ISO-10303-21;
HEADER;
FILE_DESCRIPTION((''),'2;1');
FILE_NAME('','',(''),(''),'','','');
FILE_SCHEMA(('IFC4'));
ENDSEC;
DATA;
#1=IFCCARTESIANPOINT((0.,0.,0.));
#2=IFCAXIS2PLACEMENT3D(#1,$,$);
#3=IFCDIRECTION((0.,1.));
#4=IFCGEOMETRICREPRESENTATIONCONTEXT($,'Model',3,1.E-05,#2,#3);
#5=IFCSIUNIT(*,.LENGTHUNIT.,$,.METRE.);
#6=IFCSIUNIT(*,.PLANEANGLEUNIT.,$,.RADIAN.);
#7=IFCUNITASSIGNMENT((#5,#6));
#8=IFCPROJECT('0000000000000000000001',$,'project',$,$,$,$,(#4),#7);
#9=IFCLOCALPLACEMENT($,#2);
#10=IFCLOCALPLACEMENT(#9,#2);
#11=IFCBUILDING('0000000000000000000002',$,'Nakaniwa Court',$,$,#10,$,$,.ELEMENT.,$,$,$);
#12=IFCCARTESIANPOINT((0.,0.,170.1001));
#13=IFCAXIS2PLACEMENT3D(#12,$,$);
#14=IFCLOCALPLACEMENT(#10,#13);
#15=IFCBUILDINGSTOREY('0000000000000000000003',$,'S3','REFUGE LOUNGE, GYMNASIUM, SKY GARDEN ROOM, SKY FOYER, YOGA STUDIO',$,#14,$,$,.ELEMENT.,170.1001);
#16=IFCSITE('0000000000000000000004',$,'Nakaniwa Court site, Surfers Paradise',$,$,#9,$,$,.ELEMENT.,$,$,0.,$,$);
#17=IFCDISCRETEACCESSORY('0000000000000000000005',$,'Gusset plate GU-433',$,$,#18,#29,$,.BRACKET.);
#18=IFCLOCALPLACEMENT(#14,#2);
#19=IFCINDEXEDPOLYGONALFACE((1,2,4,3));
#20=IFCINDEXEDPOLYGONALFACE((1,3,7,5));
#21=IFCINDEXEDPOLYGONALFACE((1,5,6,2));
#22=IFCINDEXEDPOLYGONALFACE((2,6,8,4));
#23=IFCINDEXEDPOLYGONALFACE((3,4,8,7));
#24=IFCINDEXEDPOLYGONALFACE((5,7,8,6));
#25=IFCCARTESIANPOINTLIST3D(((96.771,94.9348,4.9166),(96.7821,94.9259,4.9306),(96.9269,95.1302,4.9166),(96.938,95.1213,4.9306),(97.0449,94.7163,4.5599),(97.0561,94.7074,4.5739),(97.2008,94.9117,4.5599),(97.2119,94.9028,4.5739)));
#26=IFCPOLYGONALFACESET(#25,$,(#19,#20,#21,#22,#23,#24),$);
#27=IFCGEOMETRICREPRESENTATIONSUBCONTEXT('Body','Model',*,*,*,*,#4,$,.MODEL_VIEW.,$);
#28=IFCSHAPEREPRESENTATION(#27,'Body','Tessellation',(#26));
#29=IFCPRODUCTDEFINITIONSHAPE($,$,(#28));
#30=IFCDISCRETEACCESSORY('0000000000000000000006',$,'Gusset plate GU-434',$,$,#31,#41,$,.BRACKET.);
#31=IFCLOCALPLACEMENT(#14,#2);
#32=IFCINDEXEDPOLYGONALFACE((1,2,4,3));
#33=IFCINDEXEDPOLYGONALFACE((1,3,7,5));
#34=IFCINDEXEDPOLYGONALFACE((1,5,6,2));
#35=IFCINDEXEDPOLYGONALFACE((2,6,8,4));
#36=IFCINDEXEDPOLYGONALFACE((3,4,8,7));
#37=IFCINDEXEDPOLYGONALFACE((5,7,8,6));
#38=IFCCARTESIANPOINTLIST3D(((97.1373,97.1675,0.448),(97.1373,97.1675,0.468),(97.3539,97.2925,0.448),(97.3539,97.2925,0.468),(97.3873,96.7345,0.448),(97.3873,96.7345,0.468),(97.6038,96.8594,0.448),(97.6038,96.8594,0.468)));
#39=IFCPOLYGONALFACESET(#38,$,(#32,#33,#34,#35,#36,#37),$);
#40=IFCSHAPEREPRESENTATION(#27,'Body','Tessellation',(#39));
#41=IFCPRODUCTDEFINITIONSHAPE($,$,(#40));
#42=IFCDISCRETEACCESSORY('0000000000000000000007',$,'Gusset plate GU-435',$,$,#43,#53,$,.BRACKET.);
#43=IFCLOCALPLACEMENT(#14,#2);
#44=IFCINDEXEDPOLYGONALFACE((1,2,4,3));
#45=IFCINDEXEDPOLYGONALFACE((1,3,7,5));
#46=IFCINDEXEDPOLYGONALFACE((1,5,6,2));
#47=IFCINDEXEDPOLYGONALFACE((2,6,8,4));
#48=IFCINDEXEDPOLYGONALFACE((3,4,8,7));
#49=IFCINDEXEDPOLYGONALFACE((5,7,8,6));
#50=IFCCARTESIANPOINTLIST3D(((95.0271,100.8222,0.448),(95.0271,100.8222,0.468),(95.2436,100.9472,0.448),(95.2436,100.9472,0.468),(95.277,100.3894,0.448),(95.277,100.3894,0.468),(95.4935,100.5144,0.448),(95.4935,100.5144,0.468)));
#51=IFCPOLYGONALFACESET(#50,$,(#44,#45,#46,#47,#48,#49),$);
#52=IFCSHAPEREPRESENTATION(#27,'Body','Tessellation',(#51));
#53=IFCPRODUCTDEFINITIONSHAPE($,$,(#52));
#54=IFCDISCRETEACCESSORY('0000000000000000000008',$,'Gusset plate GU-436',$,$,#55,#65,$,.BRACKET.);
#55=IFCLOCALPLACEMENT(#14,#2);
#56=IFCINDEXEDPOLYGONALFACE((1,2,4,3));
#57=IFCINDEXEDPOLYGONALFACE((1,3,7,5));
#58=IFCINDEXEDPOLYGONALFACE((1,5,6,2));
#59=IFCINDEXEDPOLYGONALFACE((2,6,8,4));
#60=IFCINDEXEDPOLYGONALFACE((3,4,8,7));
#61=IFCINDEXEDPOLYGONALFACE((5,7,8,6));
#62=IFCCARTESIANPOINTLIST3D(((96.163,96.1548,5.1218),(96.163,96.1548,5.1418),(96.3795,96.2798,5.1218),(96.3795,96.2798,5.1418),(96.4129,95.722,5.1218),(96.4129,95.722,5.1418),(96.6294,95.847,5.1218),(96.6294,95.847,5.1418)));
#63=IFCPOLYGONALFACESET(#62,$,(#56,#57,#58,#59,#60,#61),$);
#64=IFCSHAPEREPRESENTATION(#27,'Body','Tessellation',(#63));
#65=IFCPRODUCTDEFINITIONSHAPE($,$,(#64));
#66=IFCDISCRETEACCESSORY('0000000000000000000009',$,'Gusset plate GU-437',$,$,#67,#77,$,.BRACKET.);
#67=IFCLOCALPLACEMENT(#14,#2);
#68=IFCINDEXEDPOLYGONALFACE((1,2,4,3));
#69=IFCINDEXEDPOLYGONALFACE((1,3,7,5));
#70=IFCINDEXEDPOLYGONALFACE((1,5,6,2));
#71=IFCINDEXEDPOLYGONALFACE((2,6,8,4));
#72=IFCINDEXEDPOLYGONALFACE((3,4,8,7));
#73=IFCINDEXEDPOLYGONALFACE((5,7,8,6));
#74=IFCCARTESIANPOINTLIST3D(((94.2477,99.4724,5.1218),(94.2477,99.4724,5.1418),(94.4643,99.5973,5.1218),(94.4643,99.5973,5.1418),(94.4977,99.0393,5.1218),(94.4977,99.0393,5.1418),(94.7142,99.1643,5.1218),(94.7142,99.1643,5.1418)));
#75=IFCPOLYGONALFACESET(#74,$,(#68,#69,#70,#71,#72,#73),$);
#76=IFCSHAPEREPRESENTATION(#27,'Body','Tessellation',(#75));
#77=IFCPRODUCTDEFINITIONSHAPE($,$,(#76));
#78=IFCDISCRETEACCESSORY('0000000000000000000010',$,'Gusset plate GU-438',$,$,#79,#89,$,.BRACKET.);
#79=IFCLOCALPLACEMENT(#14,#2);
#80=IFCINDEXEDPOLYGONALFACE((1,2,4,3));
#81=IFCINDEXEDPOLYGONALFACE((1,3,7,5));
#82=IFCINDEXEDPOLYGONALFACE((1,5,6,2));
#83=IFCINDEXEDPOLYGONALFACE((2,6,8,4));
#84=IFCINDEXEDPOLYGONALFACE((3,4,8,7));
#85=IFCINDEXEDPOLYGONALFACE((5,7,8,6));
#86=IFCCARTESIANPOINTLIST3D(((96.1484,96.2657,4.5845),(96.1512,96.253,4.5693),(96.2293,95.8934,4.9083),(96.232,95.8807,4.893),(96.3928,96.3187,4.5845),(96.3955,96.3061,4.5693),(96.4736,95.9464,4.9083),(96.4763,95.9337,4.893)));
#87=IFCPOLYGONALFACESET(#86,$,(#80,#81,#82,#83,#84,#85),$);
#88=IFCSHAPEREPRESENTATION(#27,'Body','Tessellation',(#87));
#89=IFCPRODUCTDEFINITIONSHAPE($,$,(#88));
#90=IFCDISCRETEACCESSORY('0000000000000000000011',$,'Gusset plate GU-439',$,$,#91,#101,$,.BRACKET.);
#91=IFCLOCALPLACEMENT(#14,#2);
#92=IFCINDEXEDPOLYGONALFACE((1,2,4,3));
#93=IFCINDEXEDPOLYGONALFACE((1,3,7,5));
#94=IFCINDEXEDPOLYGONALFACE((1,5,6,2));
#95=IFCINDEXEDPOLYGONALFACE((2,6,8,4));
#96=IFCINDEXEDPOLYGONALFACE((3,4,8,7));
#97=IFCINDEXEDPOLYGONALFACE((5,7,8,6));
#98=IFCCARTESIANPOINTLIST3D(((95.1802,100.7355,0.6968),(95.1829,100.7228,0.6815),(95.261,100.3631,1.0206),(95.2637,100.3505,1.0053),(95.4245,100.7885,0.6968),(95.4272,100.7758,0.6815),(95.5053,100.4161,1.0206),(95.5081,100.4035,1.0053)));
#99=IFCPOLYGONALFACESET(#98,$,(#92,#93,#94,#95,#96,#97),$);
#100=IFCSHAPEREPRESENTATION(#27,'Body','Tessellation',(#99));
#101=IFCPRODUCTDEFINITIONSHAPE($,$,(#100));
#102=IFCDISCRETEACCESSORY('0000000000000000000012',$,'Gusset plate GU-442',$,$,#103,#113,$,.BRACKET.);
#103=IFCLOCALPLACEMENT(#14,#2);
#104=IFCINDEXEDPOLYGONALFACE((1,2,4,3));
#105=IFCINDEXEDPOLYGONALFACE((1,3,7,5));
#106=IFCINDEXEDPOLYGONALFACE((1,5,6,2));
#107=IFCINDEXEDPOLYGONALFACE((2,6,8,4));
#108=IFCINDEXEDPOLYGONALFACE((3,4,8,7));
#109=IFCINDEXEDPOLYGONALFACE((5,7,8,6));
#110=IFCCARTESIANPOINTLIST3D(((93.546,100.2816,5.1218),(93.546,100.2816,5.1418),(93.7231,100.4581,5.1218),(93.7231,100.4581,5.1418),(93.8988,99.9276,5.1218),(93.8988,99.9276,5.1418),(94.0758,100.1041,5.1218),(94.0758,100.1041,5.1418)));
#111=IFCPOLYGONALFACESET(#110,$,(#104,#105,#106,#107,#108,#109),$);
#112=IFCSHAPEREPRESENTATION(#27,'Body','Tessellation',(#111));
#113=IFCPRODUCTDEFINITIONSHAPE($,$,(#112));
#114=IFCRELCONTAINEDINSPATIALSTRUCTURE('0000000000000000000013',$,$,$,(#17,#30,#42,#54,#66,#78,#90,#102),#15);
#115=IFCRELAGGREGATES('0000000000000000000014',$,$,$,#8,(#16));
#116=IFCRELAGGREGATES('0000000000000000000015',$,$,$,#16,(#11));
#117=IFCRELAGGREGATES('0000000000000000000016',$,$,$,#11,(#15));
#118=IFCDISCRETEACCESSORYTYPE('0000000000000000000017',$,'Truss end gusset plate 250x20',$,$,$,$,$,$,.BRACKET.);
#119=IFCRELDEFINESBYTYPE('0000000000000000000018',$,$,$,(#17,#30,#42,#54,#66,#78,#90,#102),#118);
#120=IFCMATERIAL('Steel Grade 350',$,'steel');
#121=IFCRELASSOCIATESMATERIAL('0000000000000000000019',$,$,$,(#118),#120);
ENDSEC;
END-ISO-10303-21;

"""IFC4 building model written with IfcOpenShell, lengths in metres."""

from ifc_helpers import new_model, si_unit, direction, frame, origin, origin_2d, place, context, subcontext, project, spatial, rectangle, extrude, material, material_profile, profile_set, type_object, element, save


model = new_model("IFC4")

# Units and contexts
model_context = context("Model", 3, precision=1e-05, world=origin(), true_north=direction((0.0, 1.0)))
body_context = subcontext(model_context, "Body", "Model", "MODEL_VIEW")
ifc_project = project(units=[si_unit("LENGTHUNIT", "METRE"), si_unit("PLANEANGLEUNIT", "RADIAN")], contexts=[model_context])

# Site, building, storey
site_placement = place(None, origin())
site = spatial("IfcSite", under=ifc_project, at=site_placement, Name="Nakaniwa Court site, Surfers Paradise", CompositionType="ELEMENT", RefElevation=0.0)
building_placement = place(site_placement, origin())
building = spatial("IfcBuilding", under=site, at=building_placement, Name="Nakaniwa Court", CompositionType="ELEMENT")
storey_placement = place(building_placement, frame((0.0, 0.0, 170.1001)))
storey = spatial("IfcBuildingStorey", under=building, at=storey_placement, Name="S3", Description="REFUGE LOUNGE, GYMNASIUM, SKY GARDEN ROOM, SKY FOYER, YOGA STUDIO", CompositionType="ELEMENT", Elevation=170.1001)

# Shared definitions
ifc_material_1 = material(Name="Steel Grade 350", Category="steel")

# Discrete accessories
ifc_material_profile_1 = material_profile(ifc_material_1, rectangle(XDim=0.25, YDim=0.02, at=origin_2d()), Name="Truss end gusset plate 250x20")
ifc_profile_set_1 = profile_set([ifc_material_profile_1], Name="Steel Grade 350")
discrete_accessory_type = type_object("IfcDiscreteAccessoryType", Name="Truss end gusset plate 250x20", PredefinedType="BRACKET", material=ifc_profile_set_1)
for number, where, z_axis, x_axis, name in (
    (1, (97.1284, 94.8096, 4.5669), (-0.547843, 0.437005, 0.713368), (-0.62359, -0.781752, 0.0), "Gusset plate GU-433"),
    (2, (97.2456, 97.23, 0.458), (0.49992, -0.866072, 0.0), (0.866072, 0.49992, 0.0), "Gusset plate GU-434"),
):
    element("IfcDiscreteAccessory", number, at=place(storey_placement, frame(where, z_axis=z_axis, x_axis=x_axis)), inside=storey, type_object=discrete_accessory_type, Name=name, PredefinedType="BRACKET", context=body_context, shape_type="SweptSolid", body=[
        extrude(rectangle(XDim=0.25, YDim=0.02, at=origin_2d()), origin(), (0.0, 0.0, 1.0), 0.5),
    ])
for number, where, z_axis, x_axis, name in (
    (3, (95.3853, 100.4519, 0.458), (-0.500131, 0.86595, 0.0), (-0.86595, -0.500131, 0.0), "Gusset plate GU-435"),
    (4, (96.2712, 96.2173, 5.1318), (0.500131, -0.86595, 0.0), (0.86595, 0.500131, 0.0), "Gusset plate GU-436"),
):
    element("IfcDiscreteAccessory", number, at=place(storey_placement, frame(where, z_axis=z_axis, x_axis=x_axis)), inside=storey, type_object=discrete_accessory_type, Name=name, PredefinedType="BRACKET", context=body_context, shape_type="SweptSolid", body=[
        extrude(rectangle(XDim=0.25, YDim=0.02, at=origin_2d()), origin(), (0.0, 0.0, 1.0), 0.4998),
    ])
for number, where, z_axis, x_axis, name in (
    (5, (94.606, 99.1018, 5.1318), (-0.49992, 0.866072, 0.0), (-0.866072, -0.49992, 0.0), "Gusset plate GU-437"),
    (6, (96.272, 96.2859, 4.5769), (0.161637, -0.744704, 0.647526), (0.977246, 0.21211, 0.0), "Gusset plate GU-438"),
    (7, (95.3845, 100.3833, 1.0129), (-0.161637, 0.744704, -0.647526), (-0.977246, -0.21211, 0.0), "Gusset plate GU-439"),
):
    element("IfcDiscreteAccessory", number, at=place(storey_placement, frame(where, z_axis=z_axis, x_axis=x_axis)), inside=storey, type_object=discrete_accessory_type, Name=name, PredefinedType="BRACKET", context=body_context, shape_type="SweptSolid", body=[
        extrude(rectangle(XDim=0.25, YDim=0.02, at=origin_2d()), origin(), (0.0, 0.0, 1.0), 0.5),
    ])
discrete_accessory_1_placement = place(storey_placement, frame((93.6345, 100.3699, 5.1318), z_axis=(0.705884, -0.708327, 0.0), x_axis=(0.708327, 0.705884, 0.0)))
element("IfcDiscreteAccessory", 8, at=discrete_accessory_1_placement, inside=storey, type_object=discrete_accessory_type, Name="Gusset plate GU-442", PredefinedType="BRACKET", context=body_context, shape_type="SweptSolid", body=[
    extrude(rectangle(XDim=0.25, YDim=0.02, at=origin_2d()), origin(), (0.0, 0.0, 1.0), 0.4998),
])

save(model, "model.ifc")
